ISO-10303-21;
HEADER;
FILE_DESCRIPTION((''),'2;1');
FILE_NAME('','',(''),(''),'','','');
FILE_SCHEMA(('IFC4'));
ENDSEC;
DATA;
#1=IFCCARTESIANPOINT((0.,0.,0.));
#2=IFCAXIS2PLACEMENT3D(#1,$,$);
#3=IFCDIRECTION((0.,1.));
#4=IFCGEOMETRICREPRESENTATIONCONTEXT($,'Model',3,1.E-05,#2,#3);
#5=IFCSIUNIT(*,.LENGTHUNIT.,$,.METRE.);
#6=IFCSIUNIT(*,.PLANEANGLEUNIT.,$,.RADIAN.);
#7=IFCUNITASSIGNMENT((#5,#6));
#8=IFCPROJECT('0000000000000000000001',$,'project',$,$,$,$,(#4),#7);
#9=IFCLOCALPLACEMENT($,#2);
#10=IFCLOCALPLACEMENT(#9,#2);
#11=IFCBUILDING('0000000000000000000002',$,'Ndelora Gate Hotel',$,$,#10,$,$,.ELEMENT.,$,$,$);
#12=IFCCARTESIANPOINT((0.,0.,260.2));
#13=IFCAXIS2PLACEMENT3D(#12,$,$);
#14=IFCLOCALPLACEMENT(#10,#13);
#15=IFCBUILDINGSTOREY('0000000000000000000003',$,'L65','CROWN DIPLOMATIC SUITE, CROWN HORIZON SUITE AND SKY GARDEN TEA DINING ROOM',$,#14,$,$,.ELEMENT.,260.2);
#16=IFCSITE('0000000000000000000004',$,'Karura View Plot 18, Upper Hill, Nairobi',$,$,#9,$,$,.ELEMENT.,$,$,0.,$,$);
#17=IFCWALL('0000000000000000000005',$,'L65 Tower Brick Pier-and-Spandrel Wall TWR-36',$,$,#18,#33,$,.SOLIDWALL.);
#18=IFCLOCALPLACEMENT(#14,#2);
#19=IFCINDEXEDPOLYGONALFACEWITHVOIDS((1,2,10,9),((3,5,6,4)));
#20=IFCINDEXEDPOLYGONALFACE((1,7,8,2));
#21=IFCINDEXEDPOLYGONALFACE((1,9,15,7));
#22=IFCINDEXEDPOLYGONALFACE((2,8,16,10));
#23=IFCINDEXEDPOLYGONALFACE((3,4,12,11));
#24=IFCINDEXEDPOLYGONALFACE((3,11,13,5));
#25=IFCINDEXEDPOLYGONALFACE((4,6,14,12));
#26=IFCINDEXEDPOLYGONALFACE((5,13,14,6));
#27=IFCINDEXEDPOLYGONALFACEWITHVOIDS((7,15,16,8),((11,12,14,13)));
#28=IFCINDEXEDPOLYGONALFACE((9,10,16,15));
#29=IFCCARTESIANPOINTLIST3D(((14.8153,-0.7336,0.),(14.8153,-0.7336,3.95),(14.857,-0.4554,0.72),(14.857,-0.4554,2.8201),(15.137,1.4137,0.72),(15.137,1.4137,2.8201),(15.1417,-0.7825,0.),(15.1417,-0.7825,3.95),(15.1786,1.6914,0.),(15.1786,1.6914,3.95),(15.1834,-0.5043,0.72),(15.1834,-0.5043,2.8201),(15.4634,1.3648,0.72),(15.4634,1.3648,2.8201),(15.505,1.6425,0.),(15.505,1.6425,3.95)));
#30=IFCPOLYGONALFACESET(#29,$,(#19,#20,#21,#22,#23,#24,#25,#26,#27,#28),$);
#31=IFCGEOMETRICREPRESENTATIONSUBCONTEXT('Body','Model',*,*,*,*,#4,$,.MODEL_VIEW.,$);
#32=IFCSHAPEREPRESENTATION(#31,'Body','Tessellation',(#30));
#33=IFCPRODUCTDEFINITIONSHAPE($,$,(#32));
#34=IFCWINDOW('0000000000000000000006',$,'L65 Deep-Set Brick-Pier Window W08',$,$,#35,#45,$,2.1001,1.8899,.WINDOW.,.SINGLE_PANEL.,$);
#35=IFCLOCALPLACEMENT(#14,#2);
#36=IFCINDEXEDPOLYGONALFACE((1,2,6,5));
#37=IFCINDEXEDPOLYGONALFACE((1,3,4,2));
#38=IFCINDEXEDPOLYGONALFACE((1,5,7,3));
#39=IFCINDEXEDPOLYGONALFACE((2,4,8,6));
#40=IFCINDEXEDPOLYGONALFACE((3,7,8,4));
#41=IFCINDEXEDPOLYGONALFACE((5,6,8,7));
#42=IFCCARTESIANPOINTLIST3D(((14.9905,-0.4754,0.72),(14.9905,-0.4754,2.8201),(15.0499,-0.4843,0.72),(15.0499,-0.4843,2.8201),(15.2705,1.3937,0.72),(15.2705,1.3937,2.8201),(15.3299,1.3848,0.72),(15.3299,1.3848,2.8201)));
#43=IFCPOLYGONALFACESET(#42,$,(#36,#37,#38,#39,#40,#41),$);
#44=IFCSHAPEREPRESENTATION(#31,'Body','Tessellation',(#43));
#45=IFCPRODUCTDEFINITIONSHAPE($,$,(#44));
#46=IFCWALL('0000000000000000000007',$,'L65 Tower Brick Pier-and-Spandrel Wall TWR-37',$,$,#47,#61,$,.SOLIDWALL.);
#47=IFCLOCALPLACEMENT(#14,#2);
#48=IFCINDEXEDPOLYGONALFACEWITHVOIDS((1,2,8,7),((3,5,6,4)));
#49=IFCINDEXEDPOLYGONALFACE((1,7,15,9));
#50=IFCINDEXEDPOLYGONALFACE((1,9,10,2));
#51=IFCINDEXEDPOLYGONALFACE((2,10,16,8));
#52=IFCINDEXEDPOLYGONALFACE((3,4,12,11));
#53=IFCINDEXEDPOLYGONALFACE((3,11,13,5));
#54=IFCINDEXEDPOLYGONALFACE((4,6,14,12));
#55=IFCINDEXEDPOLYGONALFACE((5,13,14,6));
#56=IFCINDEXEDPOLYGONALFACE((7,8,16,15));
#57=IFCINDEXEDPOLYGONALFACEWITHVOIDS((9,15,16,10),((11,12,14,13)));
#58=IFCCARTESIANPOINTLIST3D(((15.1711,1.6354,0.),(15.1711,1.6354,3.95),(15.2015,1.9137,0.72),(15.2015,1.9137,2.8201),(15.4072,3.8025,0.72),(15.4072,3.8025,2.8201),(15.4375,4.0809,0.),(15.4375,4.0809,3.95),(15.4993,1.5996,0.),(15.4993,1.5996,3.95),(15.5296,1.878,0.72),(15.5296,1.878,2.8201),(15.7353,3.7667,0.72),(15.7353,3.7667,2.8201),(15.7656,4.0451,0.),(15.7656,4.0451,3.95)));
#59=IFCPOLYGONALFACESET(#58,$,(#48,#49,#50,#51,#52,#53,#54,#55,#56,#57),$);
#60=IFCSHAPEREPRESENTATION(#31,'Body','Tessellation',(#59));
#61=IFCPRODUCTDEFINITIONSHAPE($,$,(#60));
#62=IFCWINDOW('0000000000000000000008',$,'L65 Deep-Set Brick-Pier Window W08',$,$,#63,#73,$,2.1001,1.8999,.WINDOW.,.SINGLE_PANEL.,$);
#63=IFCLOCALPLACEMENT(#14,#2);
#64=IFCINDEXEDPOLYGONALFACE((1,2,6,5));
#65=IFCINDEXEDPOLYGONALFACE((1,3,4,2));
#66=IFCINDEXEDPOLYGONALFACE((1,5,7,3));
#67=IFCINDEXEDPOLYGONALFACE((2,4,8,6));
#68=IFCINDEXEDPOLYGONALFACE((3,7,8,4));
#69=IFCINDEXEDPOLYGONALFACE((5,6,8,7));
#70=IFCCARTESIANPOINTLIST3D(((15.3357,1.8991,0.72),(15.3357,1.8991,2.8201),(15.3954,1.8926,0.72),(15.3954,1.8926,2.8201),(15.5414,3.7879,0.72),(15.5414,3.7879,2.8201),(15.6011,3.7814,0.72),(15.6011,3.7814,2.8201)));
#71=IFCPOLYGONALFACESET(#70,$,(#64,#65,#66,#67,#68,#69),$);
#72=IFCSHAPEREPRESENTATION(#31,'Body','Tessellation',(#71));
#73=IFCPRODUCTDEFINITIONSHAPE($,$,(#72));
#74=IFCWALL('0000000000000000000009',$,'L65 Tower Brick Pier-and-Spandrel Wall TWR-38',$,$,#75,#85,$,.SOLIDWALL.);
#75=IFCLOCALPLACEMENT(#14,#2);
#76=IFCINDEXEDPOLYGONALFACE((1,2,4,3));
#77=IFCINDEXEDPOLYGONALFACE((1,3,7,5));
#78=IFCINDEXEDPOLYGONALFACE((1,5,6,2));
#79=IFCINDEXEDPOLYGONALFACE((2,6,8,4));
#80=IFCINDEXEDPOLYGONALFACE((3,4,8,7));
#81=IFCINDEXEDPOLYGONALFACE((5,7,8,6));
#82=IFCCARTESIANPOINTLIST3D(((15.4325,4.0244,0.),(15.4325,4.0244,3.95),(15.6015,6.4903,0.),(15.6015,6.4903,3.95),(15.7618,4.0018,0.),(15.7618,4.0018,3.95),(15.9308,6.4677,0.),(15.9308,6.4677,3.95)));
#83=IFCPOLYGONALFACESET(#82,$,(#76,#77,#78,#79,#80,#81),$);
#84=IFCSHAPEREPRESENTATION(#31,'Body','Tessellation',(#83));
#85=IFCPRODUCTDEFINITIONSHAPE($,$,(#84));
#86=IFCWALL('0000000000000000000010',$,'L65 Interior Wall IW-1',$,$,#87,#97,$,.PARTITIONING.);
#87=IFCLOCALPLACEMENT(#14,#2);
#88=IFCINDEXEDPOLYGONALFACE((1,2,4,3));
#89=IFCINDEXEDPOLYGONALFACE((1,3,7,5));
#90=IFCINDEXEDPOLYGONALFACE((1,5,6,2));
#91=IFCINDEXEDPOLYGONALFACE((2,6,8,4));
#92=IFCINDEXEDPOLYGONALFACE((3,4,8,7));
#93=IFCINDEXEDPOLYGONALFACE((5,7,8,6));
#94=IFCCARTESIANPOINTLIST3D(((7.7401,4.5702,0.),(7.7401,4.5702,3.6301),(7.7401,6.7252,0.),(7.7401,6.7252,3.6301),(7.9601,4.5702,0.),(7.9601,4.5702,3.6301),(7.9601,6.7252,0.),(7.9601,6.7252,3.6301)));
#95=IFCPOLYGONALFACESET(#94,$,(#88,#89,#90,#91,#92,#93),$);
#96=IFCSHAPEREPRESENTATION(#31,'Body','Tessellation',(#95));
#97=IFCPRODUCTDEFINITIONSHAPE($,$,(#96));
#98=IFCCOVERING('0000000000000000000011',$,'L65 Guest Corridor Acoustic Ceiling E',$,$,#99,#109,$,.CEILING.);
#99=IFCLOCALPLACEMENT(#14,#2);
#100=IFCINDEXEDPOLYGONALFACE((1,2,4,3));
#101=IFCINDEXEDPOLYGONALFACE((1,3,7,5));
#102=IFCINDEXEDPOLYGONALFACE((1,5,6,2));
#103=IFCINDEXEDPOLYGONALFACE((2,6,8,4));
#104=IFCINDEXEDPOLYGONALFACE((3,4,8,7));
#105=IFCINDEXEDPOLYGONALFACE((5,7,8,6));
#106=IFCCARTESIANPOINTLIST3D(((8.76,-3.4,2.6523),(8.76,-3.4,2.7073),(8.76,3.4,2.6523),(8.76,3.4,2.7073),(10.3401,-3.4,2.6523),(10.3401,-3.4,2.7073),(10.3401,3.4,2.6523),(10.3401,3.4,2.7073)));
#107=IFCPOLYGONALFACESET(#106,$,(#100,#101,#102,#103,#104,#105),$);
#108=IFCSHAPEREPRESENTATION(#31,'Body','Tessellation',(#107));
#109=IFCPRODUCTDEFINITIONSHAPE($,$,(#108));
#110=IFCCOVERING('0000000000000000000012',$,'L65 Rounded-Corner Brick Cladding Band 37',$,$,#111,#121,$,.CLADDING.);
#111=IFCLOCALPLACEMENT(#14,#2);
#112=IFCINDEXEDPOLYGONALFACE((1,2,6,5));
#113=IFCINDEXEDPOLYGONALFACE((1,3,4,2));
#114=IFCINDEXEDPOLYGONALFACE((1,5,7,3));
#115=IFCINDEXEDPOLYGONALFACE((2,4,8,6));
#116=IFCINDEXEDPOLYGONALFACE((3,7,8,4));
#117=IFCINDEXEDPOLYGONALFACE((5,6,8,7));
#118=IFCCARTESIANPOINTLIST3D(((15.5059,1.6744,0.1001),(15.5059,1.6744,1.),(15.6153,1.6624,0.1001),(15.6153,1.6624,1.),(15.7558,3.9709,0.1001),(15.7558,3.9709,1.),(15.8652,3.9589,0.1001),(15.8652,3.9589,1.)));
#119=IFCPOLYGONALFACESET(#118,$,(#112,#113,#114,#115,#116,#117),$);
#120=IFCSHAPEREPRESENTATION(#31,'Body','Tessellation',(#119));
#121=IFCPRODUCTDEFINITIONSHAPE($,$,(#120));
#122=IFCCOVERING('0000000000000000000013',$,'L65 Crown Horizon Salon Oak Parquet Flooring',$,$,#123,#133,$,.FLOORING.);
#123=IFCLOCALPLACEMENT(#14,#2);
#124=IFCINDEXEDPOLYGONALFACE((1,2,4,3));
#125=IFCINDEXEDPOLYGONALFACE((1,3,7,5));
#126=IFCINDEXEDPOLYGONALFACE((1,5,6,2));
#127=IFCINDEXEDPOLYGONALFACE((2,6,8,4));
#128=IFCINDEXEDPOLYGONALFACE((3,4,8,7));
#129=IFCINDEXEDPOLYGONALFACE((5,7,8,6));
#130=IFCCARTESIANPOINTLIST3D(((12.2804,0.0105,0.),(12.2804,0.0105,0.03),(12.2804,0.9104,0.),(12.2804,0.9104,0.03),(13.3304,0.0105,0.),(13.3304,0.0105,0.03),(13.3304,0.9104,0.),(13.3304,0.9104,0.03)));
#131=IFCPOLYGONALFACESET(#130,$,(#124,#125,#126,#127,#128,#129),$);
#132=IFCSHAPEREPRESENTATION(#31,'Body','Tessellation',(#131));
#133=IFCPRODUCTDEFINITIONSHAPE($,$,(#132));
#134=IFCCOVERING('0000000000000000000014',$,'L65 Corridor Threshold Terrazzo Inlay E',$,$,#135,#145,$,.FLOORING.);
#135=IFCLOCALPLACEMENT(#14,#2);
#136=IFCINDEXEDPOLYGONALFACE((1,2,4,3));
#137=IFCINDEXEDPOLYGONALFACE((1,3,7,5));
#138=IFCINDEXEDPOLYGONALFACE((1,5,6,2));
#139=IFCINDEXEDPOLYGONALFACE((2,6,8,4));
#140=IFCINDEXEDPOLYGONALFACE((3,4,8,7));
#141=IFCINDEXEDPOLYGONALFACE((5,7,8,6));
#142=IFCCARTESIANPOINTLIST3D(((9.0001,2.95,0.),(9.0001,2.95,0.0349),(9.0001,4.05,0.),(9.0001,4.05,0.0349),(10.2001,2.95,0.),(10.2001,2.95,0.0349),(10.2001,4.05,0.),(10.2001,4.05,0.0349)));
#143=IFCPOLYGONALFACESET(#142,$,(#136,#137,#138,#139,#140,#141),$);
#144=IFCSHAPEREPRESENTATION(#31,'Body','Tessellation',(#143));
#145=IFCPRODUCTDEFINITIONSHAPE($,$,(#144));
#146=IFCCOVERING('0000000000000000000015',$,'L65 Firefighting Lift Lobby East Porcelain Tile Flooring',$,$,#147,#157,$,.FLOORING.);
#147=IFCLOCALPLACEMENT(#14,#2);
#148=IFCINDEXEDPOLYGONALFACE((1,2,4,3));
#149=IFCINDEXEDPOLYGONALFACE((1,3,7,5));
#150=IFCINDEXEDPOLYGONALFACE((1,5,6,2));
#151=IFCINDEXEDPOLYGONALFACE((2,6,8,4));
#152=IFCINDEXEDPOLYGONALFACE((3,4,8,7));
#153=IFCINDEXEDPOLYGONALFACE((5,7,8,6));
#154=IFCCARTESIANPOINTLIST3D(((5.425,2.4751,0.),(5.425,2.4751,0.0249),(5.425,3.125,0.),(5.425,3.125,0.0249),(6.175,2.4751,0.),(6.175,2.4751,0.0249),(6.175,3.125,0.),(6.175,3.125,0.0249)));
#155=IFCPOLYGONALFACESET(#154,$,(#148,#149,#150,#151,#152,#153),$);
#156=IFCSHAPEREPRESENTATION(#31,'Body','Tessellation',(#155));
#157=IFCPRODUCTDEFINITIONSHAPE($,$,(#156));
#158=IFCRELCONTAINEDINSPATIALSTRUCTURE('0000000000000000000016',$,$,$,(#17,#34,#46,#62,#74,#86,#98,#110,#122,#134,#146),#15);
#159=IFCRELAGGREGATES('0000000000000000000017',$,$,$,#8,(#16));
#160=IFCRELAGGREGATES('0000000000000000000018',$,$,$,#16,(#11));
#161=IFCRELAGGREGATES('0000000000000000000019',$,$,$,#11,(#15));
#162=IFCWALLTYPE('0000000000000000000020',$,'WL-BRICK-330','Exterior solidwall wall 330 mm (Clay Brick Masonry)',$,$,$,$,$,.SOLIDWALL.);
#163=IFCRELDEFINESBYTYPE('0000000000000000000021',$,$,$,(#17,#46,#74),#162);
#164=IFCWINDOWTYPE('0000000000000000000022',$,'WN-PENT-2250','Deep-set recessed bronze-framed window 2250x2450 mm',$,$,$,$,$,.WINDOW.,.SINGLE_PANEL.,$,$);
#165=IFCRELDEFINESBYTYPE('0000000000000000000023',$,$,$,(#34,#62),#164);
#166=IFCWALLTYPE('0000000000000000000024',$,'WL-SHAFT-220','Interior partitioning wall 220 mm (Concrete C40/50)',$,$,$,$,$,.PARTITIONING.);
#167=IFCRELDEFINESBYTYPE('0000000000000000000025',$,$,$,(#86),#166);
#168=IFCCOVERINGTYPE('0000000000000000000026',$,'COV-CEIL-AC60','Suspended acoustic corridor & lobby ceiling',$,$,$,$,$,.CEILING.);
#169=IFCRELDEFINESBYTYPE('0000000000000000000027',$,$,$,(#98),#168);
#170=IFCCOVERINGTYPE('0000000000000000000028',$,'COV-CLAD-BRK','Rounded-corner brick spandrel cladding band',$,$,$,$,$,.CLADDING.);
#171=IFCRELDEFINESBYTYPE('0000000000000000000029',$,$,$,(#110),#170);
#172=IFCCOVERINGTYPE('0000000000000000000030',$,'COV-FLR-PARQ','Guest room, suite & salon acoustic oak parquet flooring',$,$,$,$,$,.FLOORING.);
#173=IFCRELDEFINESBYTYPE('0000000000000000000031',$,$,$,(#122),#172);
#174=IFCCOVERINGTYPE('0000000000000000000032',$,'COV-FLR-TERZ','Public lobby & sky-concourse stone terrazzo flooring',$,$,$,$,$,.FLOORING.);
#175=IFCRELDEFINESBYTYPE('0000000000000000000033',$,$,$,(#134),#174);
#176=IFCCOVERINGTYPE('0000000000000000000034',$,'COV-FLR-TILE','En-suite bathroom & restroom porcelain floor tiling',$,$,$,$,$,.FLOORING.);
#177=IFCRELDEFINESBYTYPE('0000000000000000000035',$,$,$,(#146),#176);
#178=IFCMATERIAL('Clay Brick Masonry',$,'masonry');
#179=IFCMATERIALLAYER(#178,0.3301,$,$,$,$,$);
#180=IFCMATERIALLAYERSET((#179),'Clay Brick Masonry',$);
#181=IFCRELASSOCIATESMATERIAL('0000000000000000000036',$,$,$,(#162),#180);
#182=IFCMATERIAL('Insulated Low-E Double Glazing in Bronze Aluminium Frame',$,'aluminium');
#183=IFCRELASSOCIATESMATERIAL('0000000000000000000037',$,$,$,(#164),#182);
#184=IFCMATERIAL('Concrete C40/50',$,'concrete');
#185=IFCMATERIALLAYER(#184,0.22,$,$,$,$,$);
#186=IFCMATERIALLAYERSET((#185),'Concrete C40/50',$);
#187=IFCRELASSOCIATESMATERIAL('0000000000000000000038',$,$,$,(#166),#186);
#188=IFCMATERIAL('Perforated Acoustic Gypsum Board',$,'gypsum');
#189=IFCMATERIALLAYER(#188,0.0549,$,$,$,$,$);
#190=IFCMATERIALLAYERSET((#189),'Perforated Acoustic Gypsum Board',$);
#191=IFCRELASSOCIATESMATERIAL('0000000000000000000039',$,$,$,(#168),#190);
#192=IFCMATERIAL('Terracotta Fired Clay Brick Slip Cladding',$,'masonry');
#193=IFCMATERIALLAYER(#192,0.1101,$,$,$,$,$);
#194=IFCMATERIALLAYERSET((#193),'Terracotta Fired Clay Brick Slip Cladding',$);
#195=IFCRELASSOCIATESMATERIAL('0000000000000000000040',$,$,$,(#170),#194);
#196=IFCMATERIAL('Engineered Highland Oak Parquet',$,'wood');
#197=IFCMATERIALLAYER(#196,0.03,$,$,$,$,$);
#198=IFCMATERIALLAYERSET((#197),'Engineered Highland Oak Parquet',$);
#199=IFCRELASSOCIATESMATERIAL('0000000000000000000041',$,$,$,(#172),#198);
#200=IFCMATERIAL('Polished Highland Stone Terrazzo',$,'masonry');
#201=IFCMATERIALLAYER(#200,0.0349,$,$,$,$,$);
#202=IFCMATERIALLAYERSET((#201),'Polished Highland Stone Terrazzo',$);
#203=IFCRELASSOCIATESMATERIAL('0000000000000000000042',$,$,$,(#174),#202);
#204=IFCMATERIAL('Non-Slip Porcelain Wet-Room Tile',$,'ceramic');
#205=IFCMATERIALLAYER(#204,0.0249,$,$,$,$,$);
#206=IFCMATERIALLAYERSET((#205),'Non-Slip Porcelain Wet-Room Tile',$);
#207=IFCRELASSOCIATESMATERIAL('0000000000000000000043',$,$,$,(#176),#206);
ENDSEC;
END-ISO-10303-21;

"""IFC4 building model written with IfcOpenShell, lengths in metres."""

from ifc_helpers import new_model, si_unit, direction, frame, frame_2d, origin, origin_2d, place, context, subcontext, project, spatial, rectangle, extrude, material, layer, layer_set, type_object, element, fill, save


model = new_model("IFC4")

# Units and contexts
model_context = context("Model", 3, precision=1e-05, world=origin(), true_north=direction((0.0, 1.0)))
body_context = subcontext(model_context, "Body", "Model", "MODEL_VIEW")
ifc_project = project(units=[si_unit("LENGTHUNIT", "METRE"), si_unit("PLANEANGLEUNIT", "RADIAN")], contexts=[model_context])

# Site, building, storey
site_placement = place(None, origin())
site = spatial("IfcSite", under=ifc_project, at=site_placement, Name="Karura View Plot 18, Upper Hill, Nairobi", CompositionType="ELEMENT", RefElevation=0.0)
building_placement = place(site_placement, origin())
building = spatial("IfcBuilding", under=site, at=building_placement, Name="Ndelora Gate Hotel", CompositionType="ELEMENT")
storey_placement = place(building_placement, frame((0.0, 0.0, 260.2)))
storey = spatial("IfcBuildingStorey", under=building, at=storey_placement, Name="L65", Description="CROWN DIPLOMATIC SUITE, CROWN HORIZON SUITE AND SKY GARDEN TEA DINING ROOM", CompositionType="ELEMENT", Elevation=260.2)

# Walls, openings, windows
ifc_material_1 = material(Name="Clay Brick Masonry", Category="masonry")
ifc_layer_1 = layer(ifc_material_1, 0.3301)
ifc_layer_set_1 = layer_set([ifc_layer_1], Name="Clay Brick Masonry")
wall_type_1 = type_object("IfcWallType", Name="WL-BRICK-330", Description="Exterior solidwall wall 330 mm (Clay Brick Masonry)", PredefinedType="SOLIDWALL", material=ifc_layer_set_1)
wall_1_placement = place(storey_placement, frame((15.3418, 1.667, 0.0), z_axis=(0.0, 0.0, 1.0), x_axis=(-0.148151, -0.988965, 0.0)))
wall_1 = element("IfcWall", 1, at=wall_1_placement, inside=storey, type_object=wall_type_1, Name="L65 Tower Brick Pier-and-Spandrel Wall TWR-36", PredefinedType="SOLIDWALL", context=body_context, shape_type="SweptSolid", body=[
    extrude(rectangle(XDim=2.4521, YDim=0.3301, at=frame_2d((1.2261, 0.0))), origin(), (0.0, 0.0, 1.0), 3.95),
])
opening_1_placement = place(wall_1_placement, frame((0.281, 0.0, 0.72)))
opening_1 = element("IfcOpeningElement", 2, at=opening_1_placement, cuts=wall_1, PredefinedType="OPENING", context=body_context, shape_type="SweptSolid", body=[
    extrude(rectangle(XDim=1.8899, YDim=2.1001, at=frame_2d((0.9448, 1.05))), frame((0.0, 0.175, 0.0), z_axis=(0.0, -1.0, 0.0), x_axis=(1.0, 0.0, 0.0)), (0.0, 0.0, 1.0), 0.3501),
])
ifc_material_2 = material(Name="Insulated Low-E Double Glazing in Bronze Aluminium Frame", Category="aluminium")
window_type = type_object("IfcWindowType", Name="WN-PENT-2250", Description="Deep-set recessed bronze-framed window 2250x2450 mm", PartitioningType="SINGLE_PANEL", PredefinedType="WINDOW", material=ifc_material_2)
window_1_placement = place(opening_1_placement, origin())
window_1 = element("IfcWindow", 3, at=window_1_placement, inside=storey, type_object=window_type, Name="L65 Deep-Set Brick-Pier Window W08", OverallHeight=2.1001, OverallWidth=1.8899, PartitioningType="SINGLE_PANEL", PredefinedType="WINDOW", context=body_context, shape_type="SweptSolid", body=[
    extrude(rectangle(XDim=1.8899, YDim=2.1001, at=frame_2d((0.9448, 1.05))), frame((0.0, 0.03, 0.0), z_axis=(0.0, -1.0, 0.0), x_axis=(1.0, 0.0, 0.0)), (0.0, 0.0, 1.0), 0.0601),
])
fill(opening_1, window_1)
wall_2_placement = place(storey_placement, frame((15.6016, 4.063, 0.0), z_axis=(0.0, 0.0, 1.0), x_axis=(-0.108275, -0.994121, 0.0)))
wall_2 = element("IfcWall", 4, at=wall_2_placement, inside=storey, type_object=wall_type_1, Name="L65 Tower Brick Pier-and-Spandrel Wall TWR-37", PredefinedType="SOLIDWALL", context=body_context, shape_type="SweptSolid", body=[
    extrude(rectangle(XDim=2.46, YDim=0.3301, at=frame_2d((1.23, 0.0))), origin(), (0.0, 0.0, 1.0), 3.95),
])
opening_2_placement = place(wall_2_placement, frame((0.28, 0.0, 0.72)))
opening_2 = element("IfcOpeningElement", 5, at=opening_2_placement, cuts=wall_2, PredefinedType="OPENING", context=body_context, shape_type="SweptSolid", body=[
    extrude(rectangle(XDim=1.8999, YDim=2.1001, at=frame_2d((0.95, 1.05))), frame((0.0, 0.175, 0.0), z_axis=(0.0, -1.0, 0.0), x_axis=(1.0, 0.0, 0.0)), (0.0, 0.0, 1.0), 0.3501),
])
window_2_placement = place(opening_2_placement, origin())
window_2 = element("IfcWindow", 6, at=window_2_placement, inside=storey, type_object=window_type, Name="L65 Deep-Set Brick-Pier Window W08", OverallHeight=2.1001, OverallWidth=1.8999, PartitioningType="SINGLE_PANEL", PredefinedType="WINDOW", context=body_context, shape_type="SweptSolid", body=[
    extrude(rectangle(XDim=1.8999, YDim=2.1001, at=frame_2d((0.95, 1.05))), frame((0.0, 0.03, 0.0), z_axis=(0.0, -1.0, 0.0), x_axis=(1.0, 0.0, 0.0)), (0.0, 0.0, 1.0), 0.0601),
])
fill(opening_2, window_2)

# Wall
wall_3_placement = place(storey_placement, frame((15.7661, 6.479, 0.0), z_axis=(0.0, 0.0, 1.0), x_axis=(-0.068355, -0.997661, 0.0)))
element("IfcWall", 7, at=wall_3_placement, inside=storey, type_object=wall_type_1, Name="L65 Tower Brick Pier-and-Spandrel Wall TWR-38", PredefinedType="SOLIDWALL", context=body_context, shape_type="SweptSolid", body=[
    extrude(rectangle(XDim=2.4717, YDim=0.3301, at=frame_2d((1.2358, 0.0))), origin(), (0.0, 0.0, 1.0), 3.95),
])

# Shared definitions
ifc_material_3 = material(Name="Concrete C40/50", Category="concrete")

# Wall
ifc_layer_2 = layer(ifc_material_3, 0.22)
ifc_layer_set_2 = layer_set([ifc_layer_2], Name="Concrete C40/50")
wall_type_2 = type_object("IfcWallType", Name="WL-SHAFT-220", Description="Interior partitioning wall 220 mm (Concrete C40/50)", PredefinedType="PARTITIONING", material=ifc_layer_set_2)
wall_4_placement = place(storey_placement, frame((7.8501, 4.5701, 0.0), z_axis=(0.0, 0.0, 1.0), x_axis=(0.0, 1.0, 0.0)))
element("IfcWall", 8, at=wall_4_placement, inside=storey, type_object=wall_type_2, Name="L65 Interior Wall IW-1", PredefinedType="PARTITIONING", context=body_context, shape_type="SweptSolid", body=[
    extrude(rectangle(XDim=2.155, YDim=0.22, at=frame_2d((1.0776, 0.0))), origin(), (0.0, 0.0, 1.0), 3.6301),
])

# Coverings
ifc_material_4 = material(Name="Perforated Acoustic Gypsum Board", Category="gypsum")
ifc_layer_3 = layer(ifc_material_4, 0.0549)
ifc_layer_set_3 = layer_set([ifc_layer_3], Name="Perforated Acoustic Gypsum Board")
covering_type_1 = type_object("IfcCoveringType", Name="COV-CEIL-AC60", Description="Suspended acoustic corridor & lobby ceiling", PredefinedType="CEILING", material=ifc_layer_set_3)
covering_1_placement = place(storey_placement, frame((9.55, 0.0, 2.6523), z_axis=(0.0, 0.0, 1.0), x_axis=(1.0, 0.0, 0.0)))
element("IfcCovering", 9, at=covering_1_placement, inside=storey, type_object=covering_type_1, Name="L65 Guest Corridor Acoustic Ceiling E", PredefinedType="CEILING", context=body_context, shape_type="SweptSolid", body=[
    extrude(rectangle(XDim=1.5801, YDim=6.8, at=origin_2d()), origin(), (0.0, 0.0, 1.0), 0.0549),
])
ifc_material_5 = material(Name="Terracotta Fired Clay Brick Slip Cladding", Category="masonry")
ifc_layer_4 = layer(ifc_material_5, 0.1101)
ifc_layer_set_4 = layer_set([ifc_layer_4], Name="Terracotta Fired Clay Brick Slip Cladding")
covering_type_2 = type_object("IfcCoveringType", Name="COV-CLAD-BRK", Description="Rounded-corner brick spandrel cladding band", PredefinedType="CLADDING", material=ifc_layer_set_4)
covering_2_placement = place(storey_placement, frame((15.6855, 2.8167, 0.1001), z_axis=(0.0, 0.0, 1.0), x_axis=(0.108173, 0.994132, 0.0)))
element("IfcCovering", 10, at=covering_2_placement, inside=storey, type_object=covering_type_2, Name="L65 Rounded-Corner Brick Cladding Band 37", PredefinedType="CLADDING", context=body_context, shape_type="SweptSolid", body=[
    extrude(rectangle(XDim=2.3101, YDim=0.1101, at=origin_2d()), origin(), (0.0, 0.0, 1.0), 0.8999),
])
ifc_material_6 = material(Name="Engineered Highland Oak Parquet", Category="wood")
ifc_layer_5 = layer(ifc_material_6, 0.03)
ifc_layer_set_5 = layer_set([ifc_layer_5], Name="Engineered Highland Oak Parquet")
covering_type_3 = type_object("IfcCoveringType", Name="COV-FLR-PARQ", Description="Guest room, suite & salon acoustic oak parquet flooring", PredefinedType="FLOORING", material=ifc_layer_set_5)
covering_3_placement = place(storey_placement, frame((12.8054, 0.4604, 0.0), z_axis=(0.0, 0.0, 1.0), x_axis=(1.0, 0.0, 0.0)))
element("IfcCovering", 11, at=covering_3_placement, inside=storey, type_object=covering_type_3, Name="L65 Crown Horizon Salon Oak Parquet Flooring", PredefinedType="FLOORING", context=body_context, shape_type="SweptSolid", body=[
    extrude(rectangle(XDim=1.05, YDim=0.8999, at=origin_2d()), origin(), (0.0, 0.0, 1.0), 0.03),
])
ifc_material_7 = material(Name="Polished Highland Stone Terrazzo", Category="masonry")
ifc_layer_6 = layer(ifc_material_7, 0.0349)
ifc_layer_set_6 = layer_set([ifc_layer_6], Name="Polished Highland Stone Terrazzo")
covering_type_4 = type_object("IfcCoveringType", Name="COV-FLR-TERZ", Description="Public lobby & sky-concourse stone terrazzo flooring", PredefinedType="FLOORING", material=ifc_layer_set_6)
covering_4_placement = place(storey_placement, frame((9.6001, 3.5, 0.0), z_axis=(0.0, 0.0, 1.0), x_axis=(1.0, 0.0, 0.0)))
element("IfcCovering", 12, at=covering_4_placement, inside=storey, type_object=covering_type_4, Name="L65 Corridor Threshold Terrazzo Inlay E", PredefinedType="FLOORING", context=body_context, shape_type="SweptSolid", body=[
    extrude(rectangle(XDim=1.2, YDim=1.1001, at=origin_2d()), origin(), (0.0, 0.0, 1.0), 0.0349),
])
ifc_material_8 = material(Name="Non-Slip Porcelain Wet-Room Tile", Category="ceramic")
ifc_layer_7 = layer(ifc_material_8, 0.0249)
ifc_layer_set_7 = layer_set([ifc_layer_7], Name="Non-Slip Porcelain Wet-Room Tile")
covering_type_5 = type_object("IfcCoveringType", Name="COV-FLR-TILE", Description="En-suite bathroom & restroom porcelain floor tiling", PredefinedType="FLOORING", material=ifc_layer_set_7)
covering_5_placement = place(storey_placement, frame((5.8, 2.8, 0.0), z_axis=(0.0, 0.0, 1.0), x_axis=(1.0, 0.0, 0.0)))
element("IfcCovering", 13, at=covering_5_placement, inside=storey, type_object=covering_type_5, Name="L65 Firefighting Lift Lobby East Porcelain Tile Flooring", PredefinedType="FLOORING", context=body_context, shape_type="SweptSolid", body=[
    extrude(rectangle(XDim=0.75, YDim=0.6499, at=origin_2d()), origin(), (0.0, 0.0, 1.0), 0.0249),
])

save(model, "model.ifc")
